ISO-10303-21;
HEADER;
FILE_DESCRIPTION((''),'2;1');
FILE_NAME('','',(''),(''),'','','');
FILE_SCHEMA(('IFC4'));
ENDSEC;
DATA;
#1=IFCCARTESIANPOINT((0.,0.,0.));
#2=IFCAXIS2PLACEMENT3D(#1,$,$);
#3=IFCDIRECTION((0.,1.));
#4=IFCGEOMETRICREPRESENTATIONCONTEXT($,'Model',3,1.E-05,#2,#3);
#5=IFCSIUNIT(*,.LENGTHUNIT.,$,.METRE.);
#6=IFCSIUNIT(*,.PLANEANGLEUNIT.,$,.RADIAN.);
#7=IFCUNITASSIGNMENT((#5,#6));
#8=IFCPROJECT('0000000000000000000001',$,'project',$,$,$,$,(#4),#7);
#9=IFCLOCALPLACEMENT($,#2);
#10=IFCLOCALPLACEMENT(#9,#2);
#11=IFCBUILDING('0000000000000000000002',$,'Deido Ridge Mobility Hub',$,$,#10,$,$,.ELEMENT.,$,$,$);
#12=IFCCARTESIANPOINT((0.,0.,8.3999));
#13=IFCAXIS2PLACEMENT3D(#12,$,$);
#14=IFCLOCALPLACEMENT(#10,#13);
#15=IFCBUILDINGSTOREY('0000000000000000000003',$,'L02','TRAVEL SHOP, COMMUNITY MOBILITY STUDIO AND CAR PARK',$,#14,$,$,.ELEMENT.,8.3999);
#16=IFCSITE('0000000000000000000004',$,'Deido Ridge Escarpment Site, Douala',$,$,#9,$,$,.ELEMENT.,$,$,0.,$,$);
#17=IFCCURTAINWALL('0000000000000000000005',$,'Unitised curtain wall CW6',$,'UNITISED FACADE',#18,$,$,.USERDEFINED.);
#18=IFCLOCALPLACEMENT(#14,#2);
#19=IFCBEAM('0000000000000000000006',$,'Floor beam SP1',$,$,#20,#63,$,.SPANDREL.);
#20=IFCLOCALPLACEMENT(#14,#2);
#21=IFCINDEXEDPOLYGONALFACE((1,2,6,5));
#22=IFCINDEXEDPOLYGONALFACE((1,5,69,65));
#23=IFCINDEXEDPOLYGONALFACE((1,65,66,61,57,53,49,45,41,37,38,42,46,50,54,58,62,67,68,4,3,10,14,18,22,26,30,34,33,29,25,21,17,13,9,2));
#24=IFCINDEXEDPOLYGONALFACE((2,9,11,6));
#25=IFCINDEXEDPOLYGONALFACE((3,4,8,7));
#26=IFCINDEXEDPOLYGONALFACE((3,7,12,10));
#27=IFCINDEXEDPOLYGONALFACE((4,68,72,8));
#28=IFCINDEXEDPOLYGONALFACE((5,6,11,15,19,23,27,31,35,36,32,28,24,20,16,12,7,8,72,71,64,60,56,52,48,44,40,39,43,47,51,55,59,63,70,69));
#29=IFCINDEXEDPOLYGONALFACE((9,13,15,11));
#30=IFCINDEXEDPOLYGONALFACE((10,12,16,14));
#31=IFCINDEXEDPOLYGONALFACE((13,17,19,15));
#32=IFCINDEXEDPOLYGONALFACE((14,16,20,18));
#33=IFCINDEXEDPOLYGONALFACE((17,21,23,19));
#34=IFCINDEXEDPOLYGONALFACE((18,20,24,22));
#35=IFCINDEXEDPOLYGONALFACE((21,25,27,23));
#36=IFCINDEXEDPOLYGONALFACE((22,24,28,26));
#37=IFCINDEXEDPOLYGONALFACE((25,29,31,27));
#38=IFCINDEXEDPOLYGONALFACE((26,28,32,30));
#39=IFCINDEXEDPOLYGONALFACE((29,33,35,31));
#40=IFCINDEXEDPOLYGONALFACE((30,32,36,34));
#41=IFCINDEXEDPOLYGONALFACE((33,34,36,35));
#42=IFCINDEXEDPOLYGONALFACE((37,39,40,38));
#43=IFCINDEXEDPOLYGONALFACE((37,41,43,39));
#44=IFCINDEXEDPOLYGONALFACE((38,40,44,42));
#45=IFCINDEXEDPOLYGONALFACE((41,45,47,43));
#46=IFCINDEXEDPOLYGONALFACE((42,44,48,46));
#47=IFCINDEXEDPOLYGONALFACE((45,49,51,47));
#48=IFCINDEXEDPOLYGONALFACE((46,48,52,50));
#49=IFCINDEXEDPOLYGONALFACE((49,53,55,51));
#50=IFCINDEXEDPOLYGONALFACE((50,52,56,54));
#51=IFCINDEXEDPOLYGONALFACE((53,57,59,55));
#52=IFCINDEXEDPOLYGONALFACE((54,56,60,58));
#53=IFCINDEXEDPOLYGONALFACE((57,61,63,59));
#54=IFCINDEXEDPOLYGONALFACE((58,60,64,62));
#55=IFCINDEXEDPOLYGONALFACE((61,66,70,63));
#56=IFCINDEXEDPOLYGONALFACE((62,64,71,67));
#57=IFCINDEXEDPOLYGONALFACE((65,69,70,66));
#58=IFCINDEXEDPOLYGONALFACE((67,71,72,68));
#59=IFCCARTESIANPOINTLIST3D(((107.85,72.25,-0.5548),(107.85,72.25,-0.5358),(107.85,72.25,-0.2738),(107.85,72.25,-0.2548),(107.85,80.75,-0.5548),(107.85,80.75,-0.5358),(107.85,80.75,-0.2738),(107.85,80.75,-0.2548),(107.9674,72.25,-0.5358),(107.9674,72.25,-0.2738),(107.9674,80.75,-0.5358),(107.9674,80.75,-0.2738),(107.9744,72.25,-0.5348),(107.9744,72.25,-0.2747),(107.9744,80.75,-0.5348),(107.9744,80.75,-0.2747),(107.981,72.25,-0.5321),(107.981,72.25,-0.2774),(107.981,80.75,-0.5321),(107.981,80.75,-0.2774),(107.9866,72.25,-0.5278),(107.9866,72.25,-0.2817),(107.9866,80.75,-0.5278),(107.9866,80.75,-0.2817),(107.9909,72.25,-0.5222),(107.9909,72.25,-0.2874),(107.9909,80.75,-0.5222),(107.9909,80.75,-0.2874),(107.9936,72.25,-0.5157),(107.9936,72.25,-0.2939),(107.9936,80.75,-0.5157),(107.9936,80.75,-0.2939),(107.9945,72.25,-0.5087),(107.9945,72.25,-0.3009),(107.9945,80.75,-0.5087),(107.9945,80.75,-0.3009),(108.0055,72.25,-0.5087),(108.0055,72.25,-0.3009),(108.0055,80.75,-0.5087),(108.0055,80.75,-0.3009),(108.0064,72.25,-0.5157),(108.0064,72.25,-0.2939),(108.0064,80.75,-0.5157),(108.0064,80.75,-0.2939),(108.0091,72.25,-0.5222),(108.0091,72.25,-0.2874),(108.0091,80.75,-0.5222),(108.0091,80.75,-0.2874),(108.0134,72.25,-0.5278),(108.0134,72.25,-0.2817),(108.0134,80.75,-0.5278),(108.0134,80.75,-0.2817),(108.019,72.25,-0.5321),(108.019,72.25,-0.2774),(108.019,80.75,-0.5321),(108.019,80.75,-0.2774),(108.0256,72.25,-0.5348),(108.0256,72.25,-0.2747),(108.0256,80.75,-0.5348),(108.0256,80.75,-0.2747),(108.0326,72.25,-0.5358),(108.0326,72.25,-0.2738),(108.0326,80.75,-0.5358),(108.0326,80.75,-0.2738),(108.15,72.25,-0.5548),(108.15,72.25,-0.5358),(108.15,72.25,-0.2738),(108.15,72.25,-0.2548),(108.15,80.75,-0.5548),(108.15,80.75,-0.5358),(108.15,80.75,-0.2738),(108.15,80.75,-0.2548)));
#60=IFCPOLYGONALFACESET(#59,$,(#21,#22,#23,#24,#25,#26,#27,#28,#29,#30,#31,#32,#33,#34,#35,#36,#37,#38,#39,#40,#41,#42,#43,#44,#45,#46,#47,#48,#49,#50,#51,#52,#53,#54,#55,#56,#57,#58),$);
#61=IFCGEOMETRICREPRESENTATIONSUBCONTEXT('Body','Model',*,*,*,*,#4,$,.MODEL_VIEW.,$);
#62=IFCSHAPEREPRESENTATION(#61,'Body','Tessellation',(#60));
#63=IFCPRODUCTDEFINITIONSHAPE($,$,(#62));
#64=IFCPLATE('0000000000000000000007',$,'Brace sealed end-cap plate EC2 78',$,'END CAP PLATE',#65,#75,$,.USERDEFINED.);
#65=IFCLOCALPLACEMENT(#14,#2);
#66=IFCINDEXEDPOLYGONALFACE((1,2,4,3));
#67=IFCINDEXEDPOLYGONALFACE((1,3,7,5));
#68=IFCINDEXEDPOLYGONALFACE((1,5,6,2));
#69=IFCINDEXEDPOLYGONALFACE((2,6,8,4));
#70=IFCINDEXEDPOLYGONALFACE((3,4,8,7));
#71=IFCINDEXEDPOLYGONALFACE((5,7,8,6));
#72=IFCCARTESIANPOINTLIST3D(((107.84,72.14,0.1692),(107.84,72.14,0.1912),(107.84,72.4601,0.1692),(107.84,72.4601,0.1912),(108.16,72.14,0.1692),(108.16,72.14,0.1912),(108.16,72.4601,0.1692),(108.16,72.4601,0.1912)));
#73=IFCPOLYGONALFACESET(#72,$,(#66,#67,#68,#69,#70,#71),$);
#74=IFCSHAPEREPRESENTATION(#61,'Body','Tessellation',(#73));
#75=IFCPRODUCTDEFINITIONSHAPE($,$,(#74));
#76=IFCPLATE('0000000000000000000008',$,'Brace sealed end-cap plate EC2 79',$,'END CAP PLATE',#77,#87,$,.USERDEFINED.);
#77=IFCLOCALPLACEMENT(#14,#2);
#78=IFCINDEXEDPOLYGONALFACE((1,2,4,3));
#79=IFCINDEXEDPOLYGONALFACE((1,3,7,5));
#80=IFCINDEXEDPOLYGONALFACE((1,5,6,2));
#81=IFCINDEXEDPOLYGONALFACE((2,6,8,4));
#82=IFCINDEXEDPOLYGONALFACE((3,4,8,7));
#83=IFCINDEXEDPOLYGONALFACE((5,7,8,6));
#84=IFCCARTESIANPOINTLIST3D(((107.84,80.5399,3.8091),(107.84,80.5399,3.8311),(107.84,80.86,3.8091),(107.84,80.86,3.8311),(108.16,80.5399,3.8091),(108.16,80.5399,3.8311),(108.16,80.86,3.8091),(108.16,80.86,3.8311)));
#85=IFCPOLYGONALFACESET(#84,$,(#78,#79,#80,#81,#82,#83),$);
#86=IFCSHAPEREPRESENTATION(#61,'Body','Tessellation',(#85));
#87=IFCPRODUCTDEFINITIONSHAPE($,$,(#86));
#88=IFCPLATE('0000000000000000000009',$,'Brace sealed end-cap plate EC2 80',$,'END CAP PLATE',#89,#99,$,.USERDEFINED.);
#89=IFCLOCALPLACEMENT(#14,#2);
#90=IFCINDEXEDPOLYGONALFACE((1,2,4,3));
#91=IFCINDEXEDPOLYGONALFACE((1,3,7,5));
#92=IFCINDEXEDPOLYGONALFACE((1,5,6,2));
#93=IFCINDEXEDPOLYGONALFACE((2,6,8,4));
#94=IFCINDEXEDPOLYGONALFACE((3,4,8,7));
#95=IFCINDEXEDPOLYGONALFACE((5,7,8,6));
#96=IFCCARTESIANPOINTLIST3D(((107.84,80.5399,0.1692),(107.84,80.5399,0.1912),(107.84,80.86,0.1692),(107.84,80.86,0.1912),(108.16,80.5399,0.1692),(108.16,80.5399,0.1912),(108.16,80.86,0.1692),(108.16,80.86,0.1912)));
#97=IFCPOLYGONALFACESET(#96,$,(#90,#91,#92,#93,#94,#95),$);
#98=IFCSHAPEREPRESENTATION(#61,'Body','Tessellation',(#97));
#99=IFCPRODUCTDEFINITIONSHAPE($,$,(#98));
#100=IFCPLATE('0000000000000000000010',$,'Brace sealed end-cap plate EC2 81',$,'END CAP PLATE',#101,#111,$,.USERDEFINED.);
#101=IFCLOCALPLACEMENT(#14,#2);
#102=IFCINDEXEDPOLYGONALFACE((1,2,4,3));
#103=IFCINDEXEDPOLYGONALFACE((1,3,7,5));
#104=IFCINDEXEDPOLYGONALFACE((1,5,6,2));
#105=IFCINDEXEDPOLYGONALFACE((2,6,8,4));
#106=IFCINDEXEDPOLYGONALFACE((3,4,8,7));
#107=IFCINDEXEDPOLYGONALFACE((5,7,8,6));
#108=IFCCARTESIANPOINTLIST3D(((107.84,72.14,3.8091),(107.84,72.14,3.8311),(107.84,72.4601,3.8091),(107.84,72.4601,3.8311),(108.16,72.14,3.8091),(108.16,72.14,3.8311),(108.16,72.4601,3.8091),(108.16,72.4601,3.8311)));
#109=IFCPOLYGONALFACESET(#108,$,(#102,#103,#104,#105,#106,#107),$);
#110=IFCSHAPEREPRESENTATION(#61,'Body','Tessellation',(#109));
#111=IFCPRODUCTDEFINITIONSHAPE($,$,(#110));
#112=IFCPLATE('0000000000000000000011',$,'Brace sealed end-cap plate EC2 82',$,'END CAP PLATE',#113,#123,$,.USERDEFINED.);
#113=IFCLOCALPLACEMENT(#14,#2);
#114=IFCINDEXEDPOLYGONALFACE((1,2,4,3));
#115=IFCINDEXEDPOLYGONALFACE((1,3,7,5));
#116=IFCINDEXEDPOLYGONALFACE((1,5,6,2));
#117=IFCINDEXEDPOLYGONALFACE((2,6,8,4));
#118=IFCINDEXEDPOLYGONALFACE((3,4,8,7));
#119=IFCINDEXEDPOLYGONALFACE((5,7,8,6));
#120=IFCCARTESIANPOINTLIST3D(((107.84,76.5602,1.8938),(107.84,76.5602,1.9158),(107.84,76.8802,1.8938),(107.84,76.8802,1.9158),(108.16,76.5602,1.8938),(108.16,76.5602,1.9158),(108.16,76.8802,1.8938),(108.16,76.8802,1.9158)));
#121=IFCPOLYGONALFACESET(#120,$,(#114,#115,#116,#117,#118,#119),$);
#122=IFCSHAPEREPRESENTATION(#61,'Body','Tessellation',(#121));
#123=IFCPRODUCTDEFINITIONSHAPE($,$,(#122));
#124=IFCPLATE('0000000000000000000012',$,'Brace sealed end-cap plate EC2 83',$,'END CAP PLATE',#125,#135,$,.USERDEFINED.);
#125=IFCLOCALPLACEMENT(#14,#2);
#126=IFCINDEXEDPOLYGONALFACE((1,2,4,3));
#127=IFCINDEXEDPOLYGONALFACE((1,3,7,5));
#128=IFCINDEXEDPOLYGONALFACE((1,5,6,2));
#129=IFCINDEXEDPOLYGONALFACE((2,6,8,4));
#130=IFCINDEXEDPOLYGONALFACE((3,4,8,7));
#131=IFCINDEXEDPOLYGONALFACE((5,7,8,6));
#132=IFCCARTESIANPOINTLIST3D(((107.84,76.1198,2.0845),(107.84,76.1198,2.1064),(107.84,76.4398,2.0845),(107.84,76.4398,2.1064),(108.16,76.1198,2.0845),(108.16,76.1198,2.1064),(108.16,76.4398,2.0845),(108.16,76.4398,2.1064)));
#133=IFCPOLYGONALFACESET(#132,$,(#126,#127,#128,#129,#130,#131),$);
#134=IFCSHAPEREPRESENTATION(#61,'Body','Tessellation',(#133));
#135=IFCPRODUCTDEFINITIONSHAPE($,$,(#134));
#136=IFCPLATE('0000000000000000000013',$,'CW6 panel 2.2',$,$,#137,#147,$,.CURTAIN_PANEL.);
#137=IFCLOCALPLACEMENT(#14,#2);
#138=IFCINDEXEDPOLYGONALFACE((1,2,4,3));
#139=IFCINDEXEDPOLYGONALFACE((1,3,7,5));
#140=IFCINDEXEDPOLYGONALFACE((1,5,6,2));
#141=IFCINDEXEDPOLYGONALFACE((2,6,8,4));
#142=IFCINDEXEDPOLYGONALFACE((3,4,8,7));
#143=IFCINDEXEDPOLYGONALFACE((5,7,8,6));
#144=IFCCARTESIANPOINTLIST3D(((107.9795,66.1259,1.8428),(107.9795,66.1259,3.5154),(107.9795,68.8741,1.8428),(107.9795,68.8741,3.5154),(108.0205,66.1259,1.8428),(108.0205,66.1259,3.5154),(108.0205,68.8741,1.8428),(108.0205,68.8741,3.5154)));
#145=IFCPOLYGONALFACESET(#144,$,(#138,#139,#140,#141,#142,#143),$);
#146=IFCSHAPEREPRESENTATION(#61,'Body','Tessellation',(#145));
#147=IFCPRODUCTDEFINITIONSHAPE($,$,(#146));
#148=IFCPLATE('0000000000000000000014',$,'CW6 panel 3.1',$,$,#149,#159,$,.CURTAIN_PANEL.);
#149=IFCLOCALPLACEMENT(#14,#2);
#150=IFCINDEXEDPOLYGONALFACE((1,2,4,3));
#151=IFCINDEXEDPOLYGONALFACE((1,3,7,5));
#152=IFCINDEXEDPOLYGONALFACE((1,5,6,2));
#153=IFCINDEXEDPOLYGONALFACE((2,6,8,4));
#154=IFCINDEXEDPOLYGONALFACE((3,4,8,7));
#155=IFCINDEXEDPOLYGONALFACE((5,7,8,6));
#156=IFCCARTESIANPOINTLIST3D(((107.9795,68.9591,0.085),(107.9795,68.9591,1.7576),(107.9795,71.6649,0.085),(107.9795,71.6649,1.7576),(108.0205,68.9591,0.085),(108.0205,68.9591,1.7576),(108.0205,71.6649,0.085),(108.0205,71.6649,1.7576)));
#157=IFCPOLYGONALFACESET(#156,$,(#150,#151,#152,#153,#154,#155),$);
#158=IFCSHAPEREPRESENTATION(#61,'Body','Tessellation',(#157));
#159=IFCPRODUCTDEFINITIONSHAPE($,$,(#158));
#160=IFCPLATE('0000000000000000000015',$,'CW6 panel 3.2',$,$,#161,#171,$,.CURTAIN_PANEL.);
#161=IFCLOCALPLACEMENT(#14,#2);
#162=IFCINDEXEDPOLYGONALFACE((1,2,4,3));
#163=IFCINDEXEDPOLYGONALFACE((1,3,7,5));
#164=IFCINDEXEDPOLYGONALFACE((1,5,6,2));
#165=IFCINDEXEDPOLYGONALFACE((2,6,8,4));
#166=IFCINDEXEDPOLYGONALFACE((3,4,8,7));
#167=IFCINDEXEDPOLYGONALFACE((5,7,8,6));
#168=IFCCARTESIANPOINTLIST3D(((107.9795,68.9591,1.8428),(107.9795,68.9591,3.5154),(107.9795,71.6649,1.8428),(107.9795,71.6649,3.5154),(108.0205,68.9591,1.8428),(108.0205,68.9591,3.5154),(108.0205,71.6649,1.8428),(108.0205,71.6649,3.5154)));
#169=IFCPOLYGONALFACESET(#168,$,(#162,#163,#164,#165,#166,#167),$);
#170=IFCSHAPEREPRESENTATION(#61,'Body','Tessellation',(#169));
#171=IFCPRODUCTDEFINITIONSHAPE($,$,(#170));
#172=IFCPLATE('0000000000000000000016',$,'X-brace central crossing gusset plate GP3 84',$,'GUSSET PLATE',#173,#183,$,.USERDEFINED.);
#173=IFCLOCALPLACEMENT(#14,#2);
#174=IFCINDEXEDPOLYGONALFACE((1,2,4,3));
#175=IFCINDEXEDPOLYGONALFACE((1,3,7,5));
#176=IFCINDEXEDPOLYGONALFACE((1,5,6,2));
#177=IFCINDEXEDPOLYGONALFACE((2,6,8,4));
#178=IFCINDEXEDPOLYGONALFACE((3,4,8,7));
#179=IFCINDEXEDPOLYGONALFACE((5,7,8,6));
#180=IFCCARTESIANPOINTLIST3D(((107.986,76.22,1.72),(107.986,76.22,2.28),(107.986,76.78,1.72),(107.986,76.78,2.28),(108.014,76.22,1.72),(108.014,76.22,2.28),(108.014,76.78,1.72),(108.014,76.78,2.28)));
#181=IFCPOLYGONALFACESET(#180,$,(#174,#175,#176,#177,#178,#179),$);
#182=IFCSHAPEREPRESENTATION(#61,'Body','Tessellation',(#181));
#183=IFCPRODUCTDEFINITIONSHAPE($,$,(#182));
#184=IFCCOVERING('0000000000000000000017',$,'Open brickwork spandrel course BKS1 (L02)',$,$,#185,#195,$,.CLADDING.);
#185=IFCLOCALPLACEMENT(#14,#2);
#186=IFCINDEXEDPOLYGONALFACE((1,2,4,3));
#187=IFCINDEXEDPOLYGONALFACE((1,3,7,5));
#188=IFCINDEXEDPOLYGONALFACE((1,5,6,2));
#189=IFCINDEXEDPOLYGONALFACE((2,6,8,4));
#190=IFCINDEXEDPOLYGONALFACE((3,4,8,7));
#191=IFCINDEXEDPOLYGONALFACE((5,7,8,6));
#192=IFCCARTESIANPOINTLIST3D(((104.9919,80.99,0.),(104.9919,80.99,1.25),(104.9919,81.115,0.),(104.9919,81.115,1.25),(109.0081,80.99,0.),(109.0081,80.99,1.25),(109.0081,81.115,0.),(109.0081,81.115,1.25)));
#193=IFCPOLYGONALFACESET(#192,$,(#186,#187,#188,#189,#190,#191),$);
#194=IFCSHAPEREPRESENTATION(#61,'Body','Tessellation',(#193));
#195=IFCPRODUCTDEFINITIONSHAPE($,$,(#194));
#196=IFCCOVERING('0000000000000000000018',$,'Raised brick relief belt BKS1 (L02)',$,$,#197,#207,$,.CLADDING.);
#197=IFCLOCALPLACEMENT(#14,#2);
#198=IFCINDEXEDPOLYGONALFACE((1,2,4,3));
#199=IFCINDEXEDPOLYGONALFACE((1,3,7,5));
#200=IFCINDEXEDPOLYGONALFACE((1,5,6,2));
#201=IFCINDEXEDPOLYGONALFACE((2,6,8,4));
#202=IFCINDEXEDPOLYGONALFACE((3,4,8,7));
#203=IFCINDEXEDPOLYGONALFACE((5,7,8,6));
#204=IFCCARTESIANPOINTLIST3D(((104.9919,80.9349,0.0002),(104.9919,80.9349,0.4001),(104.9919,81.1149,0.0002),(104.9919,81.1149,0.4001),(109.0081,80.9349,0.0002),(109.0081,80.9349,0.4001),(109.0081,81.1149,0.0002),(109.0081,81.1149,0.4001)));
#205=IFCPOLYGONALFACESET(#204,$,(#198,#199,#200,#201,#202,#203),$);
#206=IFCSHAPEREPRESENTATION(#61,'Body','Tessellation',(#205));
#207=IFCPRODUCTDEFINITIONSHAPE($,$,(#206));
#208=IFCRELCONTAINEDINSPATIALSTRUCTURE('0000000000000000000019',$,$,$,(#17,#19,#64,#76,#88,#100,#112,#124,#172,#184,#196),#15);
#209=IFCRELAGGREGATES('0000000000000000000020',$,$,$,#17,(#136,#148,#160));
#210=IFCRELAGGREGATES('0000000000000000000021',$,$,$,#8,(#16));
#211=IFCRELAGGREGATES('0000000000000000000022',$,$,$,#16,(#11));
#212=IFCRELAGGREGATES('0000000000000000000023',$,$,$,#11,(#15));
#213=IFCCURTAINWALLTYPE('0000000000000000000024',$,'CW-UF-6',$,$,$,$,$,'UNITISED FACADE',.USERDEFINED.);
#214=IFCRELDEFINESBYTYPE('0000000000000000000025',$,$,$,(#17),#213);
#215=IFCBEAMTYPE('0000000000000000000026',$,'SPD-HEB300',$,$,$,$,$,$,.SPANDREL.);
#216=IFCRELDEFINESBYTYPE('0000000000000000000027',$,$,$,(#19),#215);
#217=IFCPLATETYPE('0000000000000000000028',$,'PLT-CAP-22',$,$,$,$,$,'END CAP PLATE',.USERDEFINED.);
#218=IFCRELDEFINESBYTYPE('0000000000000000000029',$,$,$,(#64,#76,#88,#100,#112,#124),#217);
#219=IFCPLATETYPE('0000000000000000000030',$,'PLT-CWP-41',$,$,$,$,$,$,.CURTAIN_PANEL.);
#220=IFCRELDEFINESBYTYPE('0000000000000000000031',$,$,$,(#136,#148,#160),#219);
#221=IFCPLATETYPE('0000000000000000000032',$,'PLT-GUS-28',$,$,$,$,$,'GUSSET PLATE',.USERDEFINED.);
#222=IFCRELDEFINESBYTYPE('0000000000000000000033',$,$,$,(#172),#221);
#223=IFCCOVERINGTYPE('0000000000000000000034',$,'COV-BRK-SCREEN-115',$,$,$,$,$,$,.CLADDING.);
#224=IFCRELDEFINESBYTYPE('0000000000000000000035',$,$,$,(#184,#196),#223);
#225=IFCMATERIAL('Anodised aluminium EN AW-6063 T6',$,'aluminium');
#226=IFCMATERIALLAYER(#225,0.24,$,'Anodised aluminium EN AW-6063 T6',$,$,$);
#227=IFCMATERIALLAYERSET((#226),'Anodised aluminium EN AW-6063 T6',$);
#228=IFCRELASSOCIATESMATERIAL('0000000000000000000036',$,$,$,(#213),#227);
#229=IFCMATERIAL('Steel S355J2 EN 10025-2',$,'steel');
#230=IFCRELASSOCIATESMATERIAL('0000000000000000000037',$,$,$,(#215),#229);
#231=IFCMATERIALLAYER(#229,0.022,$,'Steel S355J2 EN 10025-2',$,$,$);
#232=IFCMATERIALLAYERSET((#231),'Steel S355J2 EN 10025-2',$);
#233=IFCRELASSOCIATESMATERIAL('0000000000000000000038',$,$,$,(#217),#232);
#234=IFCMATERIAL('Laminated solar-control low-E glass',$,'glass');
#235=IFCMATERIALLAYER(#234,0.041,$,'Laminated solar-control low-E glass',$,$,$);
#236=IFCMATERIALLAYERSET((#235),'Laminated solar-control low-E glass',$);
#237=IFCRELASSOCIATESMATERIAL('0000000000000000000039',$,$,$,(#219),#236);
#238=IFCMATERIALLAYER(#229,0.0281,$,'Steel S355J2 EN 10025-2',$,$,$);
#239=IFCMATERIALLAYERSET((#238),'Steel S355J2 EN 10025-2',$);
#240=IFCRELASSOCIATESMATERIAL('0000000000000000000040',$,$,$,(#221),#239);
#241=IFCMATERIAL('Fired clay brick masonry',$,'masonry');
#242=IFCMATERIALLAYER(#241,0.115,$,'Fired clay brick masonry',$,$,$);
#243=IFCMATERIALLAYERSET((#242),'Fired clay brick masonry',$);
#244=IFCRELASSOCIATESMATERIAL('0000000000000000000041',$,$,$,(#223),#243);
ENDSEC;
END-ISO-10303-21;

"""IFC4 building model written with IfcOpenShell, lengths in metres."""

from ifc_helpers import new_model, si_unit, direction, frame, origin, origin_2d, place, context, subcontext, project, spatial, rectangle, i_section, extrude, material, layer, layer_set, material_profile, profile_set, type_object, element, aggregate, save


model = new_model("IFC4")

# Units and contexts
model_context = context("Model", 3, precision=1e-05, world=origin(), true_north=direction((0.0, 1.0)))
body_context = subcontext(model_context, "Body", "Model", "MODEL_VIEW")
ifc_project = project(units=[si_unit("LENGTHUNIT", "METRE"), si_unit("PLANEANGLEUNIT", "RADIAN")], contexts=[model_context])

# Site, building, storey
site_placement = place(None, origin())
site = spatial("IfcSite", under=ifc_project, at=site_placement, Name="Deido Ridge Escarpment Site, Douala", CompositionType="ELEMENT", RefElevation=0.0)
building_placement = place(site_placement, origin())
building = spatial("IfcBuilding", under=site, at=building_placement, Name="Deido Ridge Mobility Hub", CompositionType="ELEMENT")
storey_placement = place(building_placement, frame((0.0, 0.0, 8.3999)))
storey = spatial("IfcBuildingStorey", under=building, at=storey_placement, Name="L02", Description="TRAVEL SHOP, COMMUNITY MOBILITY STUDIO AND CAR PARK", CompositionType="ELEMENT", Elevation=8.3999)

# Shared definitions
ifc_material_1 = material(Name="Steel S355J2 EN 10025-2", Category="steel")

# Curtain wall
ifc_material_2 = material(Name="Anodised aluminium EN AW-6063 T6", Category="aluminium")
ifc_layer_1 = layer(ifc_material_2, 0.24, Name="Anodised aluminium EN AW-6063 T6")
ifc_layer_set_1 = layer_set([ifc_layer_1], Name="Anodised aluminium EN AW-6063 T6")
curtain_wall_type = type_object("IfcCurtainWallType", Name="CW-UF-6", ElementType="UNITISED FACADE", PredefinedType="USERDEFINED", material=ifc_layer_set_1)
curtain_wall_placement = place(storey_placement, origin())
curtain_wall = element("IfcCurtainWall", 1, at=curtain_wall_placement, inside=storey, type_object=curtain_wall_type, Name="Unitised curtain wall CW6", ObjectType="UNITISED FACADE", PredefinedType="USERDEFINED")

# Beam
ifc_material_profile_1 = material_profile(ifc_material_1, i_section(OverallWidth=0.3, OverallDepth=0.3, WebThickness=0.011, FlangeThickness=0.019, FilletRadius=0.0271, at=origin_2d()), Name="HEB 300")
ifc_profile_set_1 = profile_set([ifc_material_profile_1], Name="Steel S355J2 EN 10025-2")
beam_type_1 = type_object("IfcBeamType", Name="SPD-HEB300", PredefinedType="SPANDREL", material=ifc_profile_set_1)
beam_1_placement = place(storey_placement, frame((108.0, 72.25, -0.4048), z_axis=(0.0, 1.0, 0.0), x_axis=(-1.0, 0.0, 0.0)))
element("IfcBeam", 2, at=beam_1_placement, inside=storey, type_object=beam_type_1, Name="Floor beam SP1", PredefinedType="SPANDREL", context=body_context, shape_type="SweptSolid", body=[
    extrude(i_section(OverallWidth=0.3, OverallDepth=0.3, WebThickness=0.011, FlangeThickness=0.019, FilletRadius=0.0271, at=origin_2d()), origin(), (0.0, 0.0, 1.0), 8.5),
])

# Plates
ifc_layer_2 = layer(ifc_material_1, 0.022, Name="Steel S355J2 EN 10025-2")
ifc_layer_set_2 = layer_set([ifc_layer_2], Name="Steel S355J2 EN 10025-2")
plate_type_1 = type_object("IfcPlateType", Name="PLT-CAP-22", ElementType="END CAP PLATE", PredefinedType="USERDEFINED", material=ifc_layer_set_2)
for number, where, z_axis, x_axis, name in (
    (3, (108.0, 72.3, 0.1692), (0.0, 0.0, 1.0), (1.0, 0.0, 0.0), "Brace sealed end-cap plate EC2 78"),
    (4, (108.0, 80.7, 3.8091), (0.0, 0.0, 1.0), (1.0, 0.0, 0.0), "Brace sealed end-cap plate EC2 79"),
    (5, (108.0, 80.7, 0.1692), (0.0, 0.0, 1.0), (1.0, 0.0, 0.0), "Brace sealed end-cap plate EC2 80"),
    (6, (108.0, 72.3, 3.8091), (0.0, 0.0, 1.0), (1.0, 0.0, 0.0), "Brace sealed end-cap plate EC2 81"),
    (7, (108.0, 76.7202, 1.8938), (0.0, 0.0, 1.0), (1.0, 0.0, 0.0), "Brace sealed end-cap plate EC2 82"),
    (8, (108.0, 76.2798, 2.0845), (0.0, 0.0, 1.0), (1.0, 0.0, 0.0), "Brace sealed end-cap plate EC2 83"),
):
    element("IfcPlate", number, at=place(storey_placement, frame(where, z_axis=z_axis, x_axis=x_axis)), inside=storey, type_object=plate_type_1, Name=name, ObjectType="END CAP PLATE", PredefinedType="USERDEFINED", context=body_context, shape_type="SweptSolid", body=[
        extrude(rectangle(XDim=0.3201, YDim=0.3201, at=origin_2d()), origin(), (0.0, 0.0, 1.0), 0.022),
    ])

# Plates
ifc_material_3 = material(Name="Laminated solar-control low-E glass", Category="glass")
ifc_layer_3 = layer(ifc_material_3, 0.041, Name="Laminated solar-control low-E glass")
ifc_layer_set_3 = layer_set([ifc_layer_3], Name="Laminated solar-control low-E glass")
plate_type_2 = type_object("IfcPlateType", Name="PLT-CWP-41", PredefinedType="CURTAIN_PANEL", material=ifc_layer_set_3)
plate_1_placement = place(storey_placement, frame((108.0, 67.5, 1.8428), z_axis=(0.0, 0.0, 1.0), x_axis=(0.0, 1.0, 0.0)))
plate_1 = element("IfcPlate", 9, at=plate_1_placement, type_object=plate_type_2, Name="CW6 panel 2.2", PredefinedType="CURTAIN_PANEL", context=body_context, shape_type="SweptSolid", body=[
    extrude(rectangle(XDim=2.7483, YDim=0.041, at=origin_2d()), origin(), (0.0, 0.0, 1.0), 1.6726),
])
plate_2_placement = place(storey_placement, frame((108.0, 70.312, 0.085), z_axis=(0.0, 0.0, 1.0), x_axis=(0.0, 1.0, 0.0)))
plate_2 = element("IfcPlate", 10, at=plate_2_placement, type_object=plate_type_2, Name="CW6 panel 3.1", PredefinedType="CURTAIN_PANEL", context=body_context, shape_type="SweptSolid", body=[
    extrude(rectangle(XDim=2.7058, YDim=0.041, at=origin_2d()), origin(), (0.0, 0.0, 1.0), 1.6726),
])
plate_3_placement = place(storey_placement, frame((108.0, 70.312, 1.8428), z_axis=(0.0, 0.0, 1.0), x_axis=(0.0, 1.0, 0.0)))
plate_3 = element("IfcPlate", 11, at=plate_3_placement, type_object=plate_type_2, Name="CW6 panel 3.2", PredefinedType="CURTAIN_PANEL", context=body_context, shape_type="SweptSolid", body=[
    extrude(rectangle(XDim=2.7058, YDim=0.041, at=origin_2d()), origin(), (0.0, 0.0, 1.0), 1.6726),
])
aggregate(curtain_wall, [plate_1, plate_2, plate_3])
ifc_layer_4 = layer(ifc_material_1, 0.0281, Name="Steel S355J2 EN 10025-2")
ifc_layer_set_4 = layer_set([ifc_layer_4], Name="Steel S355J2 EN 10025-2")
plate_type_3 = type_object("IfcPlateType", Name="PLT-GUS-28", ElementType="GUSSET PLATE", PredefinedType="USERDEFINED", material=ifc_layer_set_4)
plate_4_placement = place(storey_placement, frame((108.0, 76.5, 1.72), z_axis=(0.0, 0.0, 1.0), x_axis=(0.0, 1.0, 0.0)))
element("IfcPlate", 12, at=plate_4_placement, inside=storey, type_object=plate_type_3, Name="X-brace central crossing gusset plate GP3 84", ObjectType="GUSSET PLATE", PredefinedType="USERDEFINED", context=body_context, shape_type="SweptSolid", body=[
    extrude(rectangle(XDim=0.5601, YDim=0.0281, at=origin_2d()), origin(), (0.0, 0.0, 1.0), 0.5601),
])

# Coverings
ifc_material_4 = material(Name="Fired clay brick masonry", Category="masonry")
ifc_layer_5 = layer(ifc_material_4, 0.115, Name="Fired clay brick masonry")
ifc_layer_set_5 = layer_set([ifc_layer_5], Name="Fired clay brick masonry")
covering_type = type_object("IfcCoveringType", Name="COV-BRK-SCREEN-115", PredefinedType="CLADDING", material=ifc_layer_set_5)
covering_1_placement = place(storey_placement, frame((107.0, 81.0525, 0.0), z_axis=(0.0, 0.0, 1.0), x_axis=(1.0, 0.0, 0.0)))
element("IfcCovering", 13, at=covering_1_placement, inside=storey, type_object=covering_type, Name="Open brickwork spandrel course BKS1 (L02)", PredefinedType="CLADDING", context=body_context, shape_type="SweptSolid", body=[
    extrude(rectangle(XDim=4.0161, YDim=0.125, at=origin_2d()), origin(), (0.0, 0.0, 1.0), 1.25),
])
covering_2_placement = place(storey_placement, frame((107.0, 81.0249, 0.0002), z_axis=(0.0, 0.0, 1.0), x_axis=(1.0, 0.0, 0.0)))
element("IfcCovering", 14, at=covering_2_placement, inside=storey, type_object=covering_type, Name="Raised brick relief belt BKS1 (L02)", PredefinedType="CLADDING", context=body_context, shape_type="SweptSolid", body=[
    extrude(rectangle(XDim=4.0161, YDim=0.1799, at=origin_2d()), origin(), (0.0, 0.0, 1.0), 0.3999),
])

save(model, "model.ifc")
